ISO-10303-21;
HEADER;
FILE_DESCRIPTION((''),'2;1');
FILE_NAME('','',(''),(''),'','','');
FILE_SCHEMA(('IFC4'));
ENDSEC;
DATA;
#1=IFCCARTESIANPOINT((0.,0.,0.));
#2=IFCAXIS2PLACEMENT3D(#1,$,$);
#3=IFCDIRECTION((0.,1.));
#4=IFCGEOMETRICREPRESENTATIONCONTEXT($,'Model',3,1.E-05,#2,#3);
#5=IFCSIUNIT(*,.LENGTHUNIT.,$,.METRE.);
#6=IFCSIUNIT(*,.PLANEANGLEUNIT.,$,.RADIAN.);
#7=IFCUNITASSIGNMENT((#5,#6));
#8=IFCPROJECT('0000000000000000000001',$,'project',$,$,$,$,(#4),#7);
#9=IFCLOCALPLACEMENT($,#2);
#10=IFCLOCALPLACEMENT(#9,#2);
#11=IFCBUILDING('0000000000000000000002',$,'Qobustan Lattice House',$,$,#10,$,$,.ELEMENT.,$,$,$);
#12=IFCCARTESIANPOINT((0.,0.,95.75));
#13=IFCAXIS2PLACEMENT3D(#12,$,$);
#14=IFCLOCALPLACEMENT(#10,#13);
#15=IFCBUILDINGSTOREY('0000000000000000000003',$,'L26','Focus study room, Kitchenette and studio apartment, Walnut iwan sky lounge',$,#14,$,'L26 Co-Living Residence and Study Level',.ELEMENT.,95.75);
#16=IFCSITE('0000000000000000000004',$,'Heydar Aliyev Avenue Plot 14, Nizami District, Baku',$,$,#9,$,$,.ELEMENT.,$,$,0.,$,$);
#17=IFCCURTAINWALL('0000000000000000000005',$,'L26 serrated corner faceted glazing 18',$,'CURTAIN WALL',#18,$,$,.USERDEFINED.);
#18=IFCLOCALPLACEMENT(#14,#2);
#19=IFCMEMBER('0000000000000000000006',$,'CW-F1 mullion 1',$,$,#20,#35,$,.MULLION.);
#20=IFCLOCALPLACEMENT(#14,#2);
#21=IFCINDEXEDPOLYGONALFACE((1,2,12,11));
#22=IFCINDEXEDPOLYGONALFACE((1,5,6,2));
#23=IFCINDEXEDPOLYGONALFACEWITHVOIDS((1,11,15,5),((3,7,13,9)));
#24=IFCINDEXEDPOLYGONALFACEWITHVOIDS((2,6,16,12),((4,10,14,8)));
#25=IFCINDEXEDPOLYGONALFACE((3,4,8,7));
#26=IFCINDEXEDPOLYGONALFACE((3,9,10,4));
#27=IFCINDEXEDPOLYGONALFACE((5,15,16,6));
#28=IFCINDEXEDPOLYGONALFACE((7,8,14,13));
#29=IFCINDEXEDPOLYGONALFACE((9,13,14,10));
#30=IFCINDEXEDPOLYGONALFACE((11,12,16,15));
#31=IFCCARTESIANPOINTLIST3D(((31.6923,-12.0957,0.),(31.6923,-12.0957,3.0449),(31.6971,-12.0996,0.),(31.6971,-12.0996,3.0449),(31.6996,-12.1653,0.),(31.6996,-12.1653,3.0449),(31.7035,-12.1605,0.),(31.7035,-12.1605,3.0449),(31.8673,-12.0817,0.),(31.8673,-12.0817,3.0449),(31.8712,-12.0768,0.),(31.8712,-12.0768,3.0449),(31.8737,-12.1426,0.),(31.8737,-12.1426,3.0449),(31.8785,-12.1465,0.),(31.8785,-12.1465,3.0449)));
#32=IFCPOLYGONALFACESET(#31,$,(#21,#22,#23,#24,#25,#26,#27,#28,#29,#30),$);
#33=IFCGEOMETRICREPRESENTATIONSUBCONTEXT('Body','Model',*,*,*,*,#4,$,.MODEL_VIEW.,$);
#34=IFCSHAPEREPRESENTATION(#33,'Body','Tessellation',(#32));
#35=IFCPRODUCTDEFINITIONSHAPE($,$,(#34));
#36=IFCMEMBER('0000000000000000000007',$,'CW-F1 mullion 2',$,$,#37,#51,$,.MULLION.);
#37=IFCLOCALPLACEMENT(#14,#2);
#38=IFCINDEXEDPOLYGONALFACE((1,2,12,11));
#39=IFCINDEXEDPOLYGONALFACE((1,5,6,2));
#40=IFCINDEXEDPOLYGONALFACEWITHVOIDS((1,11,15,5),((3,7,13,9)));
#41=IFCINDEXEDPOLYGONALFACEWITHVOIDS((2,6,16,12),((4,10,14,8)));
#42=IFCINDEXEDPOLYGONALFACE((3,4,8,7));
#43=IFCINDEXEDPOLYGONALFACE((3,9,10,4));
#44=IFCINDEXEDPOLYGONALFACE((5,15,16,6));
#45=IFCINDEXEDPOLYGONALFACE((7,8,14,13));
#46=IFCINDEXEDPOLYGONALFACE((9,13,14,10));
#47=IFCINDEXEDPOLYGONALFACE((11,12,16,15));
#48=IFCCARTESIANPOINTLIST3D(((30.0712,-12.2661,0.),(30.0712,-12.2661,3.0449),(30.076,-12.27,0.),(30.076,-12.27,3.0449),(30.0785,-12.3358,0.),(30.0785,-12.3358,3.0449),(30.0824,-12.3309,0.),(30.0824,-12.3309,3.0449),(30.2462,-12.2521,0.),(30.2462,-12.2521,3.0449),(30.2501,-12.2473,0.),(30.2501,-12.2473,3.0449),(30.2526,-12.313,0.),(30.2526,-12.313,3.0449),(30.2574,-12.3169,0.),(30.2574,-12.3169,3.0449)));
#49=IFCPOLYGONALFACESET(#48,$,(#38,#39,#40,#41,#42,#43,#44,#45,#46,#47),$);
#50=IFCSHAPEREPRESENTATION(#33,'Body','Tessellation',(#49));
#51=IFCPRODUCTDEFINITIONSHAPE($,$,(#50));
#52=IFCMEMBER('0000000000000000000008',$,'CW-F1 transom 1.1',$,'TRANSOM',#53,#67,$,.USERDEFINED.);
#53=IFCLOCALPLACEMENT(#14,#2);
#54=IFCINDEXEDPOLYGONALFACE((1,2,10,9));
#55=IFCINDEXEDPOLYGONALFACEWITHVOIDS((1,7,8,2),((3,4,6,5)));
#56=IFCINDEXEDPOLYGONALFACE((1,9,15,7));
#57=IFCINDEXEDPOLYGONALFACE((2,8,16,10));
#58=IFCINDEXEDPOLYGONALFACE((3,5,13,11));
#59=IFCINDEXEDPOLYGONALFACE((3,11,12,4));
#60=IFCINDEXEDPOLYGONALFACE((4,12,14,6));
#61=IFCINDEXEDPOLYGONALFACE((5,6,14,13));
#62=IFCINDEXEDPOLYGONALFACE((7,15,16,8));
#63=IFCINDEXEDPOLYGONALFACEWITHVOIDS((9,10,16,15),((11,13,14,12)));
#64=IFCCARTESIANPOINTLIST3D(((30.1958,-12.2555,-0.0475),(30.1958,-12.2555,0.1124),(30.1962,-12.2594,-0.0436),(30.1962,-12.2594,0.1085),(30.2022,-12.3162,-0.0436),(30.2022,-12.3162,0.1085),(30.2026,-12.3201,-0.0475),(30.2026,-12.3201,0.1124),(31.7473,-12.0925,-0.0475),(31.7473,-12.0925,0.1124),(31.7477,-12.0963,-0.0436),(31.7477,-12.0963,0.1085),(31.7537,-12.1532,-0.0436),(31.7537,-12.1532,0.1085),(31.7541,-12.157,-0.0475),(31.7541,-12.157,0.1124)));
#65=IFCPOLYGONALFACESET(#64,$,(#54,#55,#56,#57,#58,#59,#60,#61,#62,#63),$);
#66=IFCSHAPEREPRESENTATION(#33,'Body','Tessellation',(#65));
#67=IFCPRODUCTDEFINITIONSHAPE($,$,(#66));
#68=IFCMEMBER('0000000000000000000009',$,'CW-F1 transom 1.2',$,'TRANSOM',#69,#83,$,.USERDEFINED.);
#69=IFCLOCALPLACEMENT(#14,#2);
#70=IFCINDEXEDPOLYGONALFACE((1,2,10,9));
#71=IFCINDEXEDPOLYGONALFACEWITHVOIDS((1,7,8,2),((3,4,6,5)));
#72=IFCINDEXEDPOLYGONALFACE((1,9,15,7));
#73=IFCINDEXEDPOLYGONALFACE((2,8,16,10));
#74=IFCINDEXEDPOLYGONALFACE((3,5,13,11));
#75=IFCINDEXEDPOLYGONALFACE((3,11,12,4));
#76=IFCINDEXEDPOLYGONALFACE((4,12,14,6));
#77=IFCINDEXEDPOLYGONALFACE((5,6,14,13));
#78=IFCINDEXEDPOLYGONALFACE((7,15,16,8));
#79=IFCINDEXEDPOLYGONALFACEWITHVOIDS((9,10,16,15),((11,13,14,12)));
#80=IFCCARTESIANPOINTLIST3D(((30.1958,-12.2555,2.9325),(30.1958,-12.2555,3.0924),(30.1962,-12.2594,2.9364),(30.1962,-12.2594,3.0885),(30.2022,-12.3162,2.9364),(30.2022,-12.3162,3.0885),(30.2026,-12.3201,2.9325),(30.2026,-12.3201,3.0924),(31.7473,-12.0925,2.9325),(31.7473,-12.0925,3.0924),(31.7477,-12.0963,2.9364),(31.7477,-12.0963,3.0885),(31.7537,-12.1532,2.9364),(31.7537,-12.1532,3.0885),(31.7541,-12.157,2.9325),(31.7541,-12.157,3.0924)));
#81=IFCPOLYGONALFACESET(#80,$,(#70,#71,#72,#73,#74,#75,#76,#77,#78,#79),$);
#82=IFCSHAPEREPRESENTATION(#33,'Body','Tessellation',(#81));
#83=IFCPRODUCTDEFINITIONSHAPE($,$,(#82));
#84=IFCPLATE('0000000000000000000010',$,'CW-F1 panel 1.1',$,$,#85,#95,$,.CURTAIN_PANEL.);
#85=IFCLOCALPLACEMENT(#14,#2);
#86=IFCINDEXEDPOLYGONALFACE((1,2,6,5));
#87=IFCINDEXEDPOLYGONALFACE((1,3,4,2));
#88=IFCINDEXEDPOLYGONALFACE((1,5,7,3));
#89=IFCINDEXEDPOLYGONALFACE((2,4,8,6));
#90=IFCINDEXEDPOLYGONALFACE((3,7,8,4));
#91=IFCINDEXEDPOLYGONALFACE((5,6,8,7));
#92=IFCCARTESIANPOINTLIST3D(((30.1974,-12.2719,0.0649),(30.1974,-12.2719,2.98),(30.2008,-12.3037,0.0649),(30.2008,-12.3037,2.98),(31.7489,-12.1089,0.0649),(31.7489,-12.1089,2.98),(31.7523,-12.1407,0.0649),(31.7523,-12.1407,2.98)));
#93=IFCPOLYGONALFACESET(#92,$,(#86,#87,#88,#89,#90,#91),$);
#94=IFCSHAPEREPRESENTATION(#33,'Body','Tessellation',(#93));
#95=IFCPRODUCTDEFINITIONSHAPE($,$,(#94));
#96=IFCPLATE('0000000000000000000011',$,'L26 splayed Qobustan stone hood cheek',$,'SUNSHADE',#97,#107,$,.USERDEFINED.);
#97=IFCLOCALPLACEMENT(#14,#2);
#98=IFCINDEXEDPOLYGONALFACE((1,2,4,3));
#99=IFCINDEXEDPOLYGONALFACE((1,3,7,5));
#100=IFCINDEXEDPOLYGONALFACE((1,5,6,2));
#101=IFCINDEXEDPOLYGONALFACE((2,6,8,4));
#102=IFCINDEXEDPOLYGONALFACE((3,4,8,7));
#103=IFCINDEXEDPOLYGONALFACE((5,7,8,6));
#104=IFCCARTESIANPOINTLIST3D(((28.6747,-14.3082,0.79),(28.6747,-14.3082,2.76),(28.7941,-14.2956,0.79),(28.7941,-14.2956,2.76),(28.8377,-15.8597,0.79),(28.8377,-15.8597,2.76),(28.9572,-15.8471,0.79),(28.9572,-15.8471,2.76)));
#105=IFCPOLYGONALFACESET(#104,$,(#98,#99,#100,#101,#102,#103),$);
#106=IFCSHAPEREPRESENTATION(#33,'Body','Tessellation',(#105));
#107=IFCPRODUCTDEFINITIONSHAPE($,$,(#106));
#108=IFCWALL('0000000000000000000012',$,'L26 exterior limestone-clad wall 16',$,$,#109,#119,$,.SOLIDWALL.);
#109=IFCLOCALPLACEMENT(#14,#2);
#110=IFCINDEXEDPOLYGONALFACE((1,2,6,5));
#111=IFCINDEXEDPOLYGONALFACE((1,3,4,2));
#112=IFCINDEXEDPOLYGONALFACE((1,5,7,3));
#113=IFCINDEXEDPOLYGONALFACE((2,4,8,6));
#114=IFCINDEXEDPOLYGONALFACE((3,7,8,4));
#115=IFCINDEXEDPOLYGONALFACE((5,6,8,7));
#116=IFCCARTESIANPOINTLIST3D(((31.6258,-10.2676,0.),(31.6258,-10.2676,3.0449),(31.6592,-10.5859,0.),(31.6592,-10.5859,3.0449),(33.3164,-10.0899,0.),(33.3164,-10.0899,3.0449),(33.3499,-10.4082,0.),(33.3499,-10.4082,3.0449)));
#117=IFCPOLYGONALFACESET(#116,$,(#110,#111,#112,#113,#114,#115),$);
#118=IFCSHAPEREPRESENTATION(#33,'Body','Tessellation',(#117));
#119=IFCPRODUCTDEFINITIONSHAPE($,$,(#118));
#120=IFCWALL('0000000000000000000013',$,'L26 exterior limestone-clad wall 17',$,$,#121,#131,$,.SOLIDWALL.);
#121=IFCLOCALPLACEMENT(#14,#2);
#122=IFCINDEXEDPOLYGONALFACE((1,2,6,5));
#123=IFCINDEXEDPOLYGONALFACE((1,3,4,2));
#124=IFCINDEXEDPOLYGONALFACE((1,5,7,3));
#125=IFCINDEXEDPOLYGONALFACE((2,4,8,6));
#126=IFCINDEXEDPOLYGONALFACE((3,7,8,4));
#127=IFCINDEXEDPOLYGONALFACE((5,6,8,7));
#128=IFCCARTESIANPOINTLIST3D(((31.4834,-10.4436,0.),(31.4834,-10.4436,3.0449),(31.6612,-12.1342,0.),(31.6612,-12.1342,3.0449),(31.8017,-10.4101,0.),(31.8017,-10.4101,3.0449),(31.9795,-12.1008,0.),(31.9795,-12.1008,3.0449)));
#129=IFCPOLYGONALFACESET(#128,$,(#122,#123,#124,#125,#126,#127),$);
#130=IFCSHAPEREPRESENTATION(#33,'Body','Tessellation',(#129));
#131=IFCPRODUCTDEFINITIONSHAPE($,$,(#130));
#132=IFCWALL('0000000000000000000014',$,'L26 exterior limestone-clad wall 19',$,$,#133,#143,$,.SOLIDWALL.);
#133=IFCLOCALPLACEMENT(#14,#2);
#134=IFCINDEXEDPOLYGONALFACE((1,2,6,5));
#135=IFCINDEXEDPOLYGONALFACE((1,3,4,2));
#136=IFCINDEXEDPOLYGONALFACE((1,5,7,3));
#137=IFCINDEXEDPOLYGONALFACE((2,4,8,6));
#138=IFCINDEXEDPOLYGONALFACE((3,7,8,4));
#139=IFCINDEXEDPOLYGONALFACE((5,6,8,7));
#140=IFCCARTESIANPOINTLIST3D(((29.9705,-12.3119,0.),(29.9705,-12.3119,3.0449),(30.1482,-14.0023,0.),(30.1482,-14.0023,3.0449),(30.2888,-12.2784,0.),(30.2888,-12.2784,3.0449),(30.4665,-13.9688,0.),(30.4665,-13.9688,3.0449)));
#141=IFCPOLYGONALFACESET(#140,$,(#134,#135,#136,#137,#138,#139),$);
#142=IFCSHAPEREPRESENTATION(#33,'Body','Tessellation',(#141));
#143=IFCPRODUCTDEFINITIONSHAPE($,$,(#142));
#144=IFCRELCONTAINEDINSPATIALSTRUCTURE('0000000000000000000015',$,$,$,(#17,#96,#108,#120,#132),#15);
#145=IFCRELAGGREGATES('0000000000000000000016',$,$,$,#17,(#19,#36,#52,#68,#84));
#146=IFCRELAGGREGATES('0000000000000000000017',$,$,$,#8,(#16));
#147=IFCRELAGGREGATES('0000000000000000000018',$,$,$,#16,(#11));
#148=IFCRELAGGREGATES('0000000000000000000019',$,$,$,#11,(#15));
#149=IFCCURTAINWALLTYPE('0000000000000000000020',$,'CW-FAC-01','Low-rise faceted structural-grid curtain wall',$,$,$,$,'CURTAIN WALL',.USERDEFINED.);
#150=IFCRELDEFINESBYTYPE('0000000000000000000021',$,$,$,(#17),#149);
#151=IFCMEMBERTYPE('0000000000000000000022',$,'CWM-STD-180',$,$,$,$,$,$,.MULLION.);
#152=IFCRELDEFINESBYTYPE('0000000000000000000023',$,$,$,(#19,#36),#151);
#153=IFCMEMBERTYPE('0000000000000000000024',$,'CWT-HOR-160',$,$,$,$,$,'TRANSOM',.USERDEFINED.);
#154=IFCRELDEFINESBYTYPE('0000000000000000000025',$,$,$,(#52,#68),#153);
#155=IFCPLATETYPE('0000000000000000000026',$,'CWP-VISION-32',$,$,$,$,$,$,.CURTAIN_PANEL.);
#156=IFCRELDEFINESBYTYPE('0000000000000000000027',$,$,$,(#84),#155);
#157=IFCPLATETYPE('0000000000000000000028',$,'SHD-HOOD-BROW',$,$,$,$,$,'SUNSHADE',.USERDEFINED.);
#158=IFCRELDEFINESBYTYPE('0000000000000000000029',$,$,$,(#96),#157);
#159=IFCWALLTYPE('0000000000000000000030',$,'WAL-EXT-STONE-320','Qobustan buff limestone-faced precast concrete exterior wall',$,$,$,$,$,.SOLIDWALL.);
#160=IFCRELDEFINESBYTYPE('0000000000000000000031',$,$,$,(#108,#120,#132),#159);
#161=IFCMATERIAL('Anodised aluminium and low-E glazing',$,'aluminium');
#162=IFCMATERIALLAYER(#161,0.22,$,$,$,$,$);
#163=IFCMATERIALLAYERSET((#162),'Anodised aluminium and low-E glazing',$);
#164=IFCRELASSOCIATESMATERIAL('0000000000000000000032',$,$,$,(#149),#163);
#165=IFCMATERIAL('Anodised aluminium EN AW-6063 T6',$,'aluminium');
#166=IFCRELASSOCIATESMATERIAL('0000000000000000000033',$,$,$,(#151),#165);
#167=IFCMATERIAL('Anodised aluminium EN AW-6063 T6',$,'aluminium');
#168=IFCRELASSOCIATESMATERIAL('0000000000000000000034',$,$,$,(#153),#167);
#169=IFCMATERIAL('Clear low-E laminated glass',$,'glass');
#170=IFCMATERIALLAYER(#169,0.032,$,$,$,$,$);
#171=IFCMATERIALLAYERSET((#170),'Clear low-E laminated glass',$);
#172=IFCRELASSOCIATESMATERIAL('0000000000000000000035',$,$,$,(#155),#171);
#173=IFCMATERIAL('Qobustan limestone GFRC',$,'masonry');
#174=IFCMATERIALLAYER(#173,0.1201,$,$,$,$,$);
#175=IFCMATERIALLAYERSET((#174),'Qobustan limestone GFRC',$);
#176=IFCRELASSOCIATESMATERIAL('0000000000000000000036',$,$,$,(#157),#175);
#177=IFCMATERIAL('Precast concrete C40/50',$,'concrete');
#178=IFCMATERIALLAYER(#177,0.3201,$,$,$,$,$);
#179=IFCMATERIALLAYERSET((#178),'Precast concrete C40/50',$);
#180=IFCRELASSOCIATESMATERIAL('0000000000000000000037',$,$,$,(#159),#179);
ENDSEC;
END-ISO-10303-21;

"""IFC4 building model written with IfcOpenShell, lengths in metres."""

from ifc_helpers import new_model, si_unit, direction, frame, frame_2d, origin, origin_2d, place, context, subcontext, project, spatial, rectangle, hollow_rectangle, extrude, material, layer, layer_set, material_profile, profile_set, type_object, element, aggregate, save


model = new_model("IFC4")

# Units and contexts
model_context = context("Model", 3, precision=1e-05, world=origin(), true_north=direction((0.0, 1.0)))
body_context = subcontext(model_context, "Body", "Model", "MODEL_VIEW")
ifc_project = project(units=[si_unit("LENGTHUNIT", "METRE"), si_unit("PLANEANGLEUNIT", "RADIAN")], contexts=[model_context])

# Site, building, storey
site_placement = place(None, origin())
site = spatial("IfcSite", under=ifc_project, at=site_placement, Name="Heydar Aliyev Avenue Plot 14, Nizami District, Baku", CompositionType="ELEMENT", RefElevation=0.0)
building_placement = place(site_placement, origin())
building = spatial("IfcBuilding", under=site, at=building_placement, Name="Qobustan Lattice House", CompositionType="ELEMENT")
storey_placement = place(building_placement, frame((0.0, 0.0, 95.75)))
storey = spatial("IfcBuildingStorey", under=building, at=storey_placement, Name="L26", Description="Focus study room, Kitchenette and studio apartment, Walnut iwan sky lounge", LongName="L26 Co-Living Residence and Study Level", CompositionType="ELEMENT", Elevation=95.75)

# Curtain wall, members, plate
ifc_material_1 = material(Name="Anodised aluminium and low-E glazing", Category="aluminium")
ifc_layer_1 = layer(ifc_material_1, 0.22)
ifc_layer_set_1 = layer_set([ifc_layer_1], Name="Anodised aluminium and low-E glazing")
curtain_wall_type = type_object("IfcCurtainWallType", Name="CW-FAC-01", Description="Low-rise faceted structural-grid curtain wall", ElementType="CURTAIN WALL", PredefinedType="USERDEFINED", material=ifc_layer_set_1)
curtain_wall_placement = place(storey_placement, origin())
curtain_wall = element("IfcCurtainWall", 1, at=curtain_wall_placement, inside=storey, type_object=curtain_wall_type, Name="L26 serrated corner faceted glazing 18", ObjectType="CURTAIN WALL", PredefinedType="USERDEFINED")
ifc_material_2 = material(Name="Anodised aluminium EN AW-6063 T6", Category="aluminium")
ifc_material_profile_1 = material_profile(ifc_material_2, hollow_rectangle(XDim=0.0701, YDim=0.1799, WallThickness=0.0044, at=origin_2d()), Name="CWM-180x70")
ifc_profile_set_1 = profile_set([ifc_material_profile_1], Name="Anodised aluminium EN AW-6063 T6")
member_type_1 = type_object("IfcMemberType", Name="CWM-STD-180", PredefinedType="MULLION", material=ifc_profile_set_1)
member_1_placement = place(storey_placement, frame((31.7854, -12.1211, 0.0), z_axis=(0.0, 0.0, 1.0), x_axis=(0.104529, -0.994522, 0.0)))
member_1 = element("IfcMember", 2, at=member_1_placement, type_object=member_type_1, Name="CW-F1 mullion 1", PredefinedType="MULLION", context=body_context, shape_type="SweptSolid", body=[
    extrude(hollow_rectangle(XDim=0.0701, YDim=0.1799, WallThickness=0.0044, at=origin_2d()), origin(), (0.0, 0.0, 1.0), 3.0449),
])
member_2_placement = place(storey_placement, frame((30.1643, -12.2915, 0.0), z_axis=(0.0, 0.0, 1.0), x_axis=(0.104529, -0.994522, 0.0)))
member_2 = element("IfcMember", 3, at=member_2_placement, type_object=member_type_1, Name="CW-F1 mullion 2", PredefinedType="MULLION", context=body_context, shape_type="SweptSolid", body=[
    extrude(hollow_rectangle(XDim=0.0701, YDim=0.1799, WallThickness=0.0044, at=origin_2d()), origin(), (0.0, 0.0, 1.0), 3.0449),
])
ifc_material_3 = material(Name="Anodised aluminium EN AW-6063 T6", Category="aluminium")
ifc_material_profile_2 = material_profile(ifc_material_3, hollow_rectangle(XDim=0.0649, YDim=0.1599, WallThickness=0.0039, at=origin_2d()), Name="CWT-160x65")
ifc_profile_set_2 = profile_set([ifc_material_profile_2], Name="Anodised aluminium EN AW-6063 T6")
member_type_2 = type_object("IfcMemberType", Name="CWT-HOR-160", ElementType="TRANSOM", PredefinedType="USERDEFINED", material=ifc_profile_set_2)
member_3_placement = place(storey_placement, frame((31.7507, -12.1248, 0.0325), z_axis=(-0.994521, -0.104538, 0.0), x_axis=(0.104538, -0.994521, 0.0)))
member_3 = element("IfcMember", 4, at=member_3_placement, type_object=member_type_2, Name="CW-F1 transom 1.1", ObjectType="TRANSOM", PredefinedType="USERDEFINED", context=body_context, shape_type="SweptSolid", body=[
    extrude(hollow_rectangle(XDim=0.0649, YDim=0.1599, WallThickness=0.0039, at=origin_2d()), origin(), (0.0, 0.0, 1.0), 1.5601),
])
member_4_placement = place(storey_placement, frame((31.7507, -12.1248, 3.0125), z_axis=(-0.994521, -0.104538, 0.0), x_axis=(0.104538, -0.994521, 0.0)))
member_4 = element("IfcMember", 5, at=member_4_placement, type_object=member_type_2, Name="CW-F1 transom 1.2", ObjectType="TRANSOM", PredefinedType="USERDEFINED", context=body_context, shape_type="SweptSolid", body=[
    extrude(hollow_rectangle(XDim=0.0649, YDim=0.1599, WallThickness=0.0039, at=origin_2d()), origin(), (0.0, 0.0, 1.0), 1.5601),
])
ifc_material_4 = material(Name="Clear low-E laminated glass", Category="glass")
ifc_layer_2 = layer(ifc_material_4, 0.032)
ifc_layer_set_2 = layer_set([ifc_layer_2], Name="Clear low-E laminated glass")
plate_type_1 = type_object("IfcPlateType", Name="CWP-VISION-32", PredefinedType="CURTAIN_PANEL", material=ifc_layer_set_2)
plate_1_placement = place(storey_placement, frame((30.9749, -12.2063, 0.0649), z_axis=(0.0, 0.0, 1.0), x_axis=(-0.994522, -0.104529, 0.0)))
plate_1 = element("IfcPlate", 6, at=plate_1_placement, type_object=plate_type_1, Name="CW-F1 panel 1.1", PredefinedType="CURTAIN_PANEL", context=body_context, shape_type="SweptSolid", body=[
    extrude(rectangle(XDim=1.5601, YDim=0.032, at=origin_2d()), origin(), (0.0, 0.0, 1.0), 2.915),
])
aggregate(curtain_wall, [member_1, member_2, member_3, member_4, plate_1])

# Plate
ifc_material_5 = material(Name="Qobustan limestone GFRC", Category="masonry")
ifc_layer_3 = layer(ifc_material_5, 0.1201)
ifc_layer_set_3 = layer_set([ifc_layer_3], Name="Qobustan limestone GFRC")
plate_type_2 = type_object("IfcPlateType", Name="SHD-HOOD-BROW", ElementType="SUNSHADE", PredefinedType="USERDEFINED", material=ifc_layer_set_3)
plate_2_placement = place(storey_placement, frame((28.8159, -15.0776, 0.79), z_axis=(0.0, 0.0, 1.0), x_axis=(-0.994522, -0.104528, 0.0)))
element("IfcPlate", 7, at=plate_2_placement, inside=storey, type_object=plate_type_2, Name="L26 splayed Qobustan stone hood cheek", ObjectType="SUNSHADE", PredefinedType="USERDEFINED", context=body_context, shape_type="SweptSolid", body=[
    extrude(rectangle(XDim=0.1201, YDim=1.5601, at=origin_2d()), origin(), (0.0, 0.0, 1.0), 1.97),
])

# Walls
ifc_material_6 = material(Name="Precast concrete C40/50", Category="concrete")
ifc_layer_4 = layer(ifc_material_6, 0.3201)
ifc_layer_set_4 = layer_set([ifc_layer_4], Name="Precast concrete C40/50")
wall_type = type_object("IfcWallType", Name="WAL-EXT-STONE-320", Description="Qobustan buff limestone-faced precast concrete exterior wall", PredefinedType="SOLIDWALL", material=ifc_layer_set_4)
for number, where, z_axis, x_axis, name in (
    (8, (33.3333, -10.249, 0.0), (0.0, 0.0, 1.0), (-0.99452, -0.10455, 0.0), "L26 exterior limestone-clad wall 16"),
    (9, (31.6426, -10.4268, 0.0), (0.0, 0.0, 1.0), (0.10455, -0.99452, 0.0), "L26 exterior limestone-clad wall 17"),
):
    element("IfcWall", number, at=place(storey_placement, frame(where, z_axis=z_axis, x_axis=x_axis)), inside=storey, type_object=wall_type, Name=name, PredefinedType="SOLIDWALL", context=body_context, shape_type="SweptSolid", body=[
        extrude(rectangle(XDim=1.7, YDim=0.3201, at=frame_2d((0.8501, 0.0))), origin(), (0.0, 0.0, 1.0), 3.0449),
    ])
wall_1_placement = place(storey_placement, frame((30.1296, -12.2952, 0.0), z_axis=(0.0, 0.0, 1.0), x_axis=(0.104565, -0.994518, 0.0)))
element("IfcWall", 10, at=wall_1_placement, inside=storey, type_object=wall_type, Name="L26 exterior limestone-clad wall 19", PredefinedType="SOLIDWALL", context=body_context, shape_type="SweptSolid", body=[
    extrude(rectangle(XDim=1.6997, YDim=0.3201, at=frame_2d((0.8499, 0.0))), origin(), (0.0, 0.0, 1.0), 3.0449),
])

save(model, "model.ifc")
